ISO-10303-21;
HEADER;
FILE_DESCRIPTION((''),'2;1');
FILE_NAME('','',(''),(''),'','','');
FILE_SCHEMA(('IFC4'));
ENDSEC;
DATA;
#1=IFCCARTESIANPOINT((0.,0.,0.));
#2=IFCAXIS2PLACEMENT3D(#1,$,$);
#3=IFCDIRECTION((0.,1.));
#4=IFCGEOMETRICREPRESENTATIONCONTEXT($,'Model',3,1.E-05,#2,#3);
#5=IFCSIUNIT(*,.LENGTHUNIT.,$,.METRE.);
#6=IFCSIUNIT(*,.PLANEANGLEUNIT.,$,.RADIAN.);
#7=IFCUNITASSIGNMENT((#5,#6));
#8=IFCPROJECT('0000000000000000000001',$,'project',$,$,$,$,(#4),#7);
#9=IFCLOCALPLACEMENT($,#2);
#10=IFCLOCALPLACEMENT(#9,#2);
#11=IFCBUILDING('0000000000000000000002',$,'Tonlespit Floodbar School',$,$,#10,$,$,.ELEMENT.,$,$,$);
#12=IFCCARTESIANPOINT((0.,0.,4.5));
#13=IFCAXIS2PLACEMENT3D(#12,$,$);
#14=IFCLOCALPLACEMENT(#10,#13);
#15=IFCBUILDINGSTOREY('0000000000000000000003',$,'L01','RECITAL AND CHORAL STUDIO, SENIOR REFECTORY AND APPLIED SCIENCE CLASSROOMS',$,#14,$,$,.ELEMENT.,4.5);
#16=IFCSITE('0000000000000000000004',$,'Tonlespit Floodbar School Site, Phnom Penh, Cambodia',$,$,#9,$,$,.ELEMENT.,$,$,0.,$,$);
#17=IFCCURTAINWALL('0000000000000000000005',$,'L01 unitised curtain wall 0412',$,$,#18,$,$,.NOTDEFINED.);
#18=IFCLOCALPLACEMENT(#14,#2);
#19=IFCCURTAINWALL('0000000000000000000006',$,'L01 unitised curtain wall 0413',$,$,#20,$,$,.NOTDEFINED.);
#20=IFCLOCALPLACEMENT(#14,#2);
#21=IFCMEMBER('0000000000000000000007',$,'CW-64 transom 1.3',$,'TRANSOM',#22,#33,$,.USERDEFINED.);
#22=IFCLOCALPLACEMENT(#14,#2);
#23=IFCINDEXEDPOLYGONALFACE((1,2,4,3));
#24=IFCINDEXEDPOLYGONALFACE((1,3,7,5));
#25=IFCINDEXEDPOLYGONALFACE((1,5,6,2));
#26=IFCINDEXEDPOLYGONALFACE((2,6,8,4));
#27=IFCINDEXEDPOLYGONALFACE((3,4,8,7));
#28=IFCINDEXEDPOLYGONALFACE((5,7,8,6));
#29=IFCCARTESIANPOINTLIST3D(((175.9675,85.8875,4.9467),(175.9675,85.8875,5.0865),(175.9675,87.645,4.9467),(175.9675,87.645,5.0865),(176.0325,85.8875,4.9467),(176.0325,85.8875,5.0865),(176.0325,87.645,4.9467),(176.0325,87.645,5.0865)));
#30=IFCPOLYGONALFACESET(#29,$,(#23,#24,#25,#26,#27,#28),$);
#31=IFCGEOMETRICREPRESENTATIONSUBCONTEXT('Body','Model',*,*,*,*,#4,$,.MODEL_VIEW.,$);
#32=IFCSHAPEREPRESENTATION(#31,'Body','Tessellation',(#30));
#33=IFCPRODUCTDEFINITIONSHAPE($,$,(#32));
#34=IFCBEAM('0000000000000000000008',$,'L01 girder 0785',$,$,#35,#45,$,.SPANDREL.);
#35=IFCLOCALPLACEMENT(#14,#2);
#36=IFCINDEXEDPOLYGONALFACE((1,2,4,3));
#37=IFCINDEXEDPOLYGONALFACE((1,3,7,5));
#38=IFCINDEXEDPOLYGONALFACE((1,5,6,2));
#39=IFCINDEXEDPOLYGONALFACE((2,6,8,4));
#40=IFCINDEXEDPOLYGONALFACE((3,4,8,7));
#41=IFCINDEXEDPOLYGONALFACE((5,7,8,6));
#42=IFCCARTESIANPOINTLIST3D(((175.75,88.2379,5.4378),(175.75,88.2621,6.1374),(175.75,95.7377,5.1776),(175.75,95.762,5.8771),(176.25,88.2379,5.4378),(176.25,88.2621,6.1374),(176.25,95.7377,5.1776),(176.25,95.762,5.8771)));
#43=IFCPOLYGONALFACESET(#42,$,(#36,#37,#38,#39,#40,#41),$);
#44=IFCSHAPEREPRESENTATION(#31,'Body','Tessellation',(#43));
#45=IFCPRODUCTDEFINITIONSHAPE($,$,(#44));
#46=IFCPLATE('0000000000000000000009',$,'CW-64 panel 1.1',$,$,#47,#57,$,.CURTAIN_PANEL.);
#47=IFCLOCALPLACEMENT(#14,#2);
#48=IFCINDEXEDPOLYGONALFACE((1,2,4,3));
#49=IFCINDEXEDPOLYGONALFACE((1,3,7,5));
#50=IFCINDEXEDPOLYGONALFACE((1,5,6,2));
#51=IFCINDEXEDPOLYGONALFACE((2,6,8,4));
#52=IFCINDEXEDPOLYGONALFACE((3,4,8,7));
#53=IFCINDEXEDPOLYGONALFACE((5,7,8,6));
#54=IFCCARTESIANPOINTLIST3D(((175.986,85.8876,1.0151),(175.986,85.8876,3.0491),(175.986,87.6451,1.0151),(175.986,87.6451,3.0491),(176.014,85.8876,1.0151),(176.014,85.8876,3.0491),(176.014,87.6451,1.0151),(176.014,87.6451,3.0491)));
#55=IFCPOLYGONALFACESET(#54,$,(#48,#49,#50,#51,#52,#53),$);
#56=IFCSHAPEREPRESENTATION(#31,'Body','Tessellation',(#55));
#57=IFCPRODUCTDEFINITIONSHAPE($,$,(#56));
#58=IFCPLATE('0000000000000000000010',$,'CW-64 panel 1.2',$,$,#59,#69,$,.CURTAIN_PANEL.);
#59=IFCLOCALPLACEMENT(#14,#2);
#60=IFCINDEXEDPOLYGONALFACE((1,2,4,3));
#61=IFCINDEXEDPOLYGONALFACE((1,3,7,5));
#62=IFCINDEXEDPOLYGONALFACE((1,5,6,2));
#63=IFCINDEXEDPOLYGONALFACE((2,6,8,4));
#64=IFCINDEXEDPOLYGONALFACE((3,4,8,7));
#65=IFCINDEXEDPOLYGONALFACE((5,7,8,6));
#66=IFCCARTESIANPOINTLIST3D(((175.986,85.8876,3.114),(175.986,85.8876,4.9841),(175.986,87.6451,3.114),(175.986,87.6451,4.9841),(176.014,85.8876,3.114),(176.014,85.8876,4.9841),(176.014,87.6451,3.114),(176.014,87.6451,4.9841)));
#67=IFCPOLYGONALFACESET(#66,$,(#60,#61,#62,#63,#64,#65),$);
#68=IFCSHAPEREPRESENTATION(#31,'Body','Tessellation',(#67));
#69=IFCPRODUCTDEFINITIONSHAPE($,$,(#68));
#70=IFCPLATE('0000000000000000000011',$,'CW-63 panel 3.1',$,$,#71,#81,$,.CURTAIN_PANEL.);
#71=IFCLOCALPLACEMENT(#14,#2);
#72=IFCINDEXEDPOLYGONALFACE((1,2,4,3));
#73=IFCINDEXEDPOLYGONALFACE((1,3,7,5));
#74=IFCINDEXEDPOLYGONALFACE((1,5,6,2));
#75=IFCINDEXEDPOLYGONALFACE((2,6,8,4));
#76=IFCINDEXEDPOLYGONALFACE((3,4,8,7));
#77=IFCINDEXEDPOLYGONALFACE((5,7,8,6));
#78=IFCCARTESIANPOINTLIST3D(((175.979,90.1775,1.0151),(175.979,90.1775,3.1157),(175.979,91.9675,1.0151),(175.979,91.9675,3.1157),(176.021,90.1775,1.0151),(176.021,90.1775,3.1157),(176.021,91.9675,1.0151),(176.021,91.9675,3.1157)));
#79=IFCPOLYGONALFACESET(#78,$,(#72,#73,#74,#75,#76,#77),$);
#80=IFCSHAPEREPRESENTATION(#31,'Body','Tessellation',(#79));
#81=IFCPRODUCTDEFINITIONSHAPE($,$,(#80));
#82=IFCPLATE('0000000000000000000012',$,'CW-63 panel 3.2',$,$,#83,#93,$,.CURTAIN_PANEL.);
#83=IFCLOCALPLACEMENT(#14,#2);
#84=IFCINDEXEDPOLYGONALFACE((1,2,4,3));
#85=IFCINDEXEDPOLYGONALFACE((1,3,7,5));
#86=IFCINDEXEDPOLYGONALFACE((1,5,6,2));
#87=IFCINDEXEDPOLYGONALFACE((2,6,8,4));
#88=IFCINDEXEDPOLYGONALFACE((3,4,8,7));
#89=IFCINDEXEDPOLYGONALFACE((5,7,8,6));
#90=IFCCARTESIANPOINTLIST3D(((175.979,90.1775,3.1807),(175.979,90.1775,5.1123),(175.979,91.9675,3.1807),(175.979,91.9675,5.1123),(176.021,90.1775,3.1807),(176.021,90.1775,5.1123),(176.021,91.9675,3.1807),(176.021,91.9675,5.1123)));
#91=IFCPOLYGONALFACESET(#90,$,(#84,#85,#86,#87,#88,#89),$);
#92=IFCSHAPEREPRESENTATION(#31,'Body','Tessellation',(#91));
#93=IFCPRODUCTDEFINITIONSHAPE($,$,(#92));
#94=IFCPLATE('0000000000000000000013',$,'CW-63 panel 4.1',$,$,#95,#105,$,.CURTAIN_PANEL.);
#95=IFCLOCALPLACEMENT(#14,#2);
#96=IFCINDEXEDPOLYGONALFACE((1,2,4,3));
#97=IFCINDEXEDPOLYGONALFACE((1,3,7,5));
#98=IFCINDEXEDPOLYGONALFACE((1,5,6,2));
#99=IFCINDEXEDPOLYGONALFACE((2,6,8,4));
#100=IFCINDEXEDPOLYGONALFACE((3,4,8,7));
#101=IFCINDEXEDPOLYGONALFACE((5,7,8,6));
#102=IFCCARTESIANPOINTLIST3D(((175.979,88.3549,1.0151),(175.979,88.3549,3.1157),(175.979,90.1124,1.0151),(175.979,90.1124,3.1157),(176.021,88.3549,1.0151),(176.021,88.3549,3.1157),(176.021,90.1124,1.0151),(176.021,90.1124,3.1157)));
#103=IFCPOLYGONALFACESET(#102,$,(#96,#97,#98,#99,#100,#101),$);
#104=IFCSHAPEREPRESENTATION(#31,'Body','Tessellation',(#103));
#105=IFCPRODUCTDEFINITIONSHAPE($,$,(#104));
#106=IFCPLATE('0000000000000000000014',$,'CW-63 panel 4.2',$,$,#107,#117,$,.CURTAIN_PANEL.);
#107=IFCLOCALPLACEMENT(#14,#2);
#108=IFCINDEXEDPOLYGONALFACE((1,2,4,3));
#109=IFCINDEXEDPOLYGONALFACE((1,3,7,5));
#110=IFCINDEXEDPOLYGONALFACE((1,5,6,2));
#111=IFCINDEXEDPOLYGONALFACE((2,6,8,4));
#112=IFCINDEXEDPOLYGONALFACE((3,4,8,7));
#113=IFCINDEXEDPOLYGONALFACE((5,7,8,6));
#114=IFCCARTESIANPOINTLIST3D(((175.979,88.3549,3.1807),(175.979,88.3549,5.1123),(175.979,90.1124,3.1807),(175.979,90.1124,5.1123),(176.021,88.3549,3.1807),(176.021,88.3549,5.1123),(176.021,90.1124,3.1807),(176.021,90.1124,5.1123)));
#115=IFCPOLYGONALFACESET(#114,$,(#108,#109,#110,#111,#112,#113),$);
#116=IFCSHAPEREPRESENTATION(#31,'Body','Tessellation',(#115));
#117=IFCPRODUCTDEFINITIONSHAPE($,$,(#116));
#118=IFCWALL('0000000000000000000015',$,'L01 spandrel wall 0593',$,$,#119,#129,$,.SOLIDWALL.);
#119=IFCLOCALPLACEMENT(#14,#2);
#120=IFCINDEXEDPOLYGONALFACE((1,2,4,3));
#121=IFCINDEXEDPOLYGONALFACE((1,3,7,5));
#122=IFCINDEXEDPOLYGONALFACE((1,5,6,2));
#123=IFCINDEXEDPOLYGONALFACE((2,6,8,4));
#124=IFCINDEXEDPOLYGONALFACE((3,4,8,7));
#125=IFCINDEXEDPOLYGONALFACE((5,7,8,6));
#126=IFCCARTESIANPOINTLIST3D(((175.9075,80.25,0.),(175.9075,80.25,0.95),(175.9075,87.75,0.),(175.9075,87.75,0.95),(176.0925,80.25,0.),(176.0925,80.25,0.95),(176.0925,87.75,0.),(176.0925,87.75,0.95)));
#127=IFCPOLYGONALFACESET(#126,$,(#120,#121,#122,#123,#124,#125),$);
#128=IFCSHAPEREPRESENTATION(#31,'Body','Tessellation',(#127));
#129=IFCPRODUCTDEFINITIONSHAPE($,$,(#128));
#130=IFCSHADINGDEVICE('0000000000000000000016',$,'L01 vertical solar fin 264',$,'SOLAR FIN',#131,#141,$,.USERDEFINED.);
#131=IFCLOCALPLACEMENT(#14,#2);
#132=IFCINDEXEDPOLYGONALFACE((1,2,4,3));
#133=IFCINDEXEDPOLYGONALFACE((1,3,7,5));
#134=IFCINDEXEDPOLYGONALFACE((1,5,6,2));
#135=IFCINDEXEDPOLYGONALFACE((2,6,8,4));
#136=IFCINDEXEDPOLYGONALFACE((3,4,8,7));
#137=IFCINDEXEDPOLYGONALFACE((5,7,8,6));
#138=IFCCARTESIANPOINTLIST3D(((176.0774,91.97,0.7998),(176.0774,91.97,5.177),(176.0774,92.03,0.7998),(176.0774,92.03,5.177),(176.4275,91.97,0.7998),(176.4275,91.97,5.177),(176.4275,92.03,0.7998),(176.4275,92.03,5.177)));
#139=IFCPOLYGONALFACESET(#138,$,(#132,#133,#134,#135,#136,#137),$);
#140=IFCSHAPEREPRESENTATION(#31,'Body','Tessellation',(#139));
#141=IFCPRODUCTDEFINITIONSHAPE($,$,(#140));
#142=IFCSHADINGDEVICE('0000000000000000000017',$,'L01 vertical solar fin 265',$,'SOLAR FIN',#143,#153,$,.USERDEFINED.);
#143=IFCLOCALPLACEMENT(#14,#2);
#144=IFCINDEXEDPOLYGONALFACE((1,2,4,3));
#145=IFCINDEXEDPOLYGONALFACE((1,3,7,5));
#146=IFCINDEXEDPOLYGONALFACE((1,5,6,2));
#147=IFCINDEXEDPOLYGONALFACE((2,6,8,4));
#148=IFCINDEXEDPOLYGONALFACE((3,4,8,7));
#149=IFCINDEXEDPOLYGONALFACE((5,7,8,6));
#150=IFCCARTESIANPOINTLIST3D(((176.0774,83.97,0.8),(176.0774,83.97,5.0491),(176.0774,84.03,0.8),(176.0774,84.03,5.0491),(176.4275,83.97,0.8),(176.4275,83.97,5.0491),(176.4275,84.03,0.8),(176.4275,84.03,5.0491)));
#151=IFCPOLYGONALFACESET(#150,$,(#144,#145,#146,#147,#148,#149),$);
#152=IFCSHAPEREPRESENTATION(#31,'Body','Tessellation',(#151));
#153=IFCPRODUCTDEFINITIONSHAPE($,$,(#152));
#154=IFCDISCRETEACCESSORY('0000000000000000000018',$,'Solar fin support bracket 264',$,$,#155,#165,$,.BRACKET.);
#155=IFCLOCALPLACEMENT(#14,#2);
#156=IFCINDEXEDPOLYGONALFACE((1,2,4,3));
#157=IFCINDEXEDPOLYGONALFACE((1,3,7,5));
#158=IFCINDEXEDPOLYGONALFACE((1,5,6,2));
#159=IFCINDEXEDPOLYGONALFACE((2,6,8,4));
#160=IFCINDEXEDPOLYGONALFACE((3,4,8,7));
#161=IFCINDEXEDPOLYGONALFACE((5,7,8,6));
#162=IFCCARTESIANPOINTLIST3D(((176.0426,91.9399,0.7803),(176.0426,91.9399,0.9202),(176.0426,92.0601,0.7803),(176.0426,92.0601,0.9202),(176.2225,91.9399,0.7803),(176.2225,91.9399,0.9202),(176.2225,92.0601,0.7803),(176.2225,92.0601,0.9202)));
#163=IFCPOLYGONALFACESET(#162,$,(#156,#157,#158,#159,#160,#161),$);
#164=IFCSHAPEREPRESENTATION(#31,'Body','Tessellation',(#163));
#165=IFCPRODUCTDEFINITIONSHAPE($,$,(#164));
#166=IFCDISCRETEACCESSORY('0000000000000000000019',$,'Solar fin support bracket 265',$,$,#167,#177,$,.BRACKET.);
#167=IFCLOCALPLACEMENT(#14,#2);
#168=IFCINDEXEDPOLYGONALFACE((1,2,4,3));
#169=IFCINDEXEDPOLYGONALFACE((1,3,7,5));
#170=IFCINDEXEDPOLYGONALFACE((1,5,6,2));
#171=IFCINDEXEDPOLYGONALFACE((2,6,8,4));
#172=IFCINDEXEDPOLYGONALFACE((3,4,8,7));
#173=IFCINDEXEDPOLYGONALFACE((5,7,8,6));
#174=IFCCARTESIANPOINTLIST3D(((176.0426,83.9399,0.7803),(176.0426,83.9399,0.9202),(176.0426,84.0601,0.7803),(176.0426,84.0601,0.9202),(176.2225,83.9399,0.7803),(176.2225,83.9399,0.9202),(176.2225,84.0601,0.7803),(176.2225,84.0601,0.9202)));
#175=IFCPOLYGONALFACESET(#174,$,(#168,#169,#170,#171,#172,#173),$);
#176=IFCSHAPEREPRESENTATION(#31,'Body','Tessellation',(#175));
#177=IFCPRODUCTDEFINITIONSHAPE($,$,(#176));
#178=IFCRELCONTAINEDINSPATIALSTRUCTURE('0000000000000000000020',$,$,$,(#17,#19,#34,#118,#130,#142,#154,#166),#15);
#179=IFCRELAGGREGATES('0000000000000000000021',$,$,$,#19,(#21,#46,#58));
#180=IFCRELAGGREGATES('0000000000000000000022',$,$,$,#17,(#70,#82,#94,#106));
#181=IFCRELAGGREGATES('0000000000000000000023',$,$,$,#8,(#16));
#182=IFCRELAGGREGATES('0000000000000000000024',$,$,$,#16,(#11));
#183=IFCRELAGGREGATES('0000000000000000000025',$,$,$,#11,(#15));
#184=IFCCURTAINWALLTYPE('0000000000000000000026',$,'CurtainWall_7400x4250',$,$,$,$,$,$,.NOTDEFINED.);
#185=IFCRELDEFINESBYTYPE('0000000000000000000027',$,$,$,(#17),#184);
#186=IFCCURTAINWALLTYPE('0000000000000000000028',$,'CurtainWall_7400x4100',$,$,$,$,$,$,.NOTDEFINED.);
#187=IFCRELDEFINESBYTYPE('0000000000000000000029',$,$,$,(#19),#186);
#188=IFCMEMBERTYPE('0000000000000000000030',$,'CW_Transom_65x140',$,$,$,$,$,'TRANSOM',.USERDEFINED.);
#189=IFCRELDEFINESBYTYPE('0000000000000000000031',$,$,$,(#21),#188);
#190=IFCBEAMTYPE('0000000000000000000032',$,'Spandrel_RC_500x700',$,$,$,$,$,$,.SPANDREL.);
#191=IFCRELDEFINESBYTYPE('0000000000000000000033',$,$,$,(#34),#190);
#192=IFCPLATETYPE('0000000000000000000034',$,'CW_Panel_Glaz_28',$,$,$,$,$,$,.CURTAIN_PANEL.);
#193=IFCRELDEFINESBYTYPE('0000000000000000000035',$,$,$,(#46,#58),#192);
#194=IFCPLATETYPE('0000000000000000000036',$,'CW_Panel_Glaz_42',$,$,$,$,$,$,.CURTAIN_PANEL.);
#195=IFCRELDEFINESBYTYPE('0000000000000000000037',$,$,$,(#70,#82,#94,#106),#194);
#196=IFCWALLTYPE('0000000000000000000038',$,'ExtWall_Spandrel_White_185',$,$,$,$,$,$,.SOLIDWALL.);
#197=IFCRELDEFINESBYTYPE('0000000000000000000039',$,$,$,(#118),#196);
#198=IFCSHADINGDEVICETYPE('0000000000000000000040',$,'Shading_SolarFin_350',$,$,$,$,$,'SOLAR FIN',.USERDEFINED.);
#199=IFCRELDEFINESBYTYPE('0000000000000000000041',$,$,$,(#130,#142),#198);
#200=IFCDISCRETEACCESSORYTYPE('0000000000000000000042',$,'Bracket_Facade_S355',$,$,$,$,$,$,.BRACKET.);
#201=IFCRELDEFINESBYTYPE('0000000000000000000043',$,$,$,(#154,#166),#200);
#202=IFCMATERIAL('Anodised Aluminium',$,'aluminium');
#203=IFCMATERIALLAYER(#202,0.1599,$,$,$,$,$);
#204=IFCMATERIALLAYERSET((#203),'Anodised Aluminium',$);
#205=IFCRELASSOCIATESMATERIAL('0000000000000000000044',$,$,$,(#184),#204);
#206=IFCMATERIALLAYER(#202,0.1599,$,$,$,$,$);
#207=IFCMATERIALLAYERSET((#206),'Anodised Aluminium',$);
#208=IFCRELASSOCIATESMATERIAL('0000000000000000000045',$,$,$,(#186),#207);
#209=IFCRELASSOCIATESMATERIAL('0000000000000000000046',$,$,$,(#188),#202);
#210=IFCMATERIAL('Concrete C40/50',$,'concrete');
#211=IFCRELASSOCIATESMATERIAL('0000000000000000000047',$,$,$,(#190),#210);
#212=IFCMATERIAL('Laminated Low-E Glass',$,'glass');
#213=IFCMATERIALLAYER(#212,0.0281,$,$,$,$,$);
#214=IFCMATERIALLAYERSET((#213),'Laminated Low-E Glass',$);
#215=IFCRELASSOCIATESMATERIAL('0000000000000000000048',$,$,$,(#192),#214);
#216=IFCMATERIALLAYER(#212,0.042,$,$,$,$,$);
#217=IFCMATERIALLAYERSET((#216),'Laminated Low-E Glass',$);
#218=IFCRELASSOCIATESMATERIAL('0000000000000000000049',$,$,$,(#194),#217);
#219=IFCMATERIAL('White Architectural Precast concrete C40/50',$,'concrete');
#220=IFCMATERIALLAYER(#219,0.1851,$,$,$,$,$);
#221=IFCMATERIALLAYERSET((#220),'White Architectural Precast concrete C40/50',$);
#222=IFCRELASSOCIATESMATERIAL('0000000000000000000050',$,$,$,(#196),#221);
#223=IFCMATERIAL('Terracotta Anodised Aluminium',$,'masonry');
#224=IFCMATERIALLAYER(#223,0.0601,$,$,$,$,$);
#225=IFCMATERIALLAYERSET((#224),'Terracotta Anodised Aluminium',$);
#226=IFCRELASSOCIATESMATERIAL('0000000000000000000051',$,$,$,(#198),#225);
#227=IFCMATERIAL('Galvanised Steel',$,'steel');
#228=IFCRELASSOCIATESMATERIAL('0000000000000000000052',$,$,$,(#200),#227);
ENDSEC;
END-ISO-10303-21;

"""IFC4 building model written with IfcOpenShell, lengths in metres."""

from ifc_helpers import new_model, si_unit, direction, frame, frame_2d, origin, origin_2d, place, context, subcontext, project, spatial, rectangle, extrude, material, layer, layer_set, material_profile, profile_set, type_object, element, aggregate, save


model = new_model("IFC4")

# Units and contexts
model_context = context("Model", 3, precision=1e-05, world=origin(), true_north=direction((0.0, 1.0)))
body_context = subcontext(model_context, "Body", "Model", "MODEL_VIEW")
ifc_project = project(units=[si_unit("LENGTHUNIT", "METRE"), si_unit("PLANEANGLEUNIT", "RADIAN")], contexts=[model_context])

# Site, building, storey
site_placement = place(None, origin())
site = spatial("IfcSite", under=ifc_project, at=site_placement, Name="Tonlespit Floodbar School Site, Phnom Penh, Cambodia", CompositionType="ELEMENT", RefElevation=0.0)
building_placement = place(site_placement, origin())
building = spatial("IfcBuilding", under=site, at=building_placement, Name="Tonlespit Floodbar School", CompositionType="ELEMENT")
storey_placement = place(building_placement, frame((0.0, 0.0, 4.5)))
storey = spatial("IfcBuildingStorey", under=building, at=storey_placement, Name="L01", Description="RECITAL AND CHORAL STUDIO, SENIOR REFECTORY AND APPLIED SCIENCE CLASSROOMS", CompositionType="ELEMENT", Elevation=4.5)

# Shared definitions
ifc_material_1 = material(Name="Concrete C40/50", Category="concrete")

# Curtain walls
ifc_material_2 = material(Name="Anodised Aluminium", Category="aluminium")
ifc_layer_1 = layer(ifc_material_2, 0.1599)
ifc_layer_set_1 = layer_set([ifc_layer_1], Name="Anodised Aluminium")
curtain_wall_type_1 = type_object("IfcCurtainWallType", Name="CurtainWall_7400x4250", PredefinedType="NOTDEFINED", material=ifc_layer_set_1)
curtain_wall_1_placement = place(storey_placement, origin())
curtain_wall_1 = element("IfcCurtainWall", 1, at=curtain_wall_1_placement, inside=storey, type_object=curtain_wall_type_1, Name="L01 unitised curtain wall 0412", PredefinedType="NOTDEFINED")
ifc_layer_2 = layer(ifc_material_2, 0.1599)
ifc_layer_set_2 = layer_set([ifc_layer_2], Name="Anodised Aluminium")
curtain_wall_type_2 = type_object("IfcCurtainWallType", Name="CurtainWall_7400x4100", PredefinedType="NOTDEFINED", material=ifc_layer_set_2)
curtain_wall_2_placement = place(storey_placement, origin())
curtain_wall_2 = element("IfcCurtainWall", 2, at=curtain_wall_2_placement, inside=storey, type_object=curtain_wall_type_2, Name="L01 unitised curtain wall 0413", PredefinedType="NOTDEFINED")

# Member
ifc_material_profile_1 = material_profile(ifc_material_2, rectangle(XDim=0.0649, YDim=0.1399, at=origin_2d()), Name="ALU T65x140")
ifc_profile_set_1 = profile_set([ifc_material_profile_1], Name="Anodised Aluminium")
member_type_1 = type_object("IfcMemberType", Name="CW_Transom_65x140", ElementType="TRANSOM", PredefinedType="USERDEFINED", material=ifc_profile_set_1)
member_1_placement = place(storey_placement, frame((176.0, 87.645, 5.0166), z_axis=(0.0, -1.0, 0.0), x_axis=(1.0, 0.0, 0.0)))
member_1 = element("IfcMember", 3, at=member_1_placement, type_object=member_type_1, Name="CW-64 transom 1.3", ObjectType="TRANSOM", PredefinedType="USERDEFINED", context=body_context, shape_type="SweptSolid", body=[
    extrude(rectangle(XDim=0.0649, YDim=0.1399, at=origin_2d()), origin(), (0.0, 0.0, 1.0), 1.7576),
])

# Beam
ifc_material_profile_2 = material_profile(ifc_material_1, rectangle(XDim=0.5, YDim=0.7, at=origin_2d()), Name="RC 500x700")
ifc_profile_set_2 = profile_set([ifc_material_profile_2], Name="Concrete C40/50")
beam_type = type_object("IfcBeamType", Name="Spandrel_RC_500x700", PredefinedType="SPANDREL", material=ifc_profile_set_2)
beam_placement = place(storey_placement, frame((176.0, 88.25, 5.7876), z_axis=(0.0, 0.999398, -0.03468), x_axis=(-1.0, 0.0, 0.0)))
element("IfcBeam", 4, at=beam_placement, inside=storey, type_object=beam_type, Name="L01 girder 0785", PredefinedType="SPANDREL", context=body_context, shape_type="SweptSolid", body=[
    extrude(rectangle(XDim=0.5, YDim=0.7, at=origin_2d()), origin(), (0.0, 0.0, 1.0), 7.5044),
])

# Plates
ifc_material_3 = material(Name="Laminated Low-E Glass", Category="glass")
ifc_layer_3 = layer(ifc_material_3, 0.0281)
ifc_layer_set_3 = layer_set([ifc_layer_3], Name="Laminated Low-E Glass")
plate_type_1 = type_object("IfcPlateType", Name="CW_Panel_Glaz_28", PredefinedType="CURTAIN_PANEL", material=ifc_layer_set_3)
plate_1_placement = place(storey_placement, frame((176.0, 86.7664, 1.0151), z_axis=(0.0, 0.0, 1.0), x_axis=(0.0, -1.0, 0.0)))
plate_1 = element("IfcPlate", 5, at=plate_1_placement, type_object=plate_type_1, Name="CW-64 panel 1.1", PredefinedType="CURTAIN_PANEL", context=body_context, shape_type="SweptSolid", body=[
    extrude(rectangle(XDim=1.7576, YDim=0.0281, at=origin_2d()), origin(), (0.0, 0.0, 1.0), 2.0339),
])
plate_2_placement = place(storey_placement, frame((176.0, 86.7664, 3.114), z_axis=(0.0, 0.0, 1.0), x_axis=(0.0, -1.0, 0.0)))
plate_2 = element("IfcPlate", 6, at=plate_2_placement, type_object=plate_type_1, Name="CW-64 panel 1.2", PredefinedType="CURTAIN_PANEL", context=body_context, shape_type="SweptSolid", body=[
    extrude(rectangle(XDim=1.7576, YDim=0.0281, at=origin_2d()), origin(), (0.0, 0.0, 1.0), 1.8701),
])
aggregate(curtain_wall_2, [member_1, plate_1, plate_2])
ifc_layer_4 = layer(ifc_material_3, 0.042)
ifc_layer_set_4 = layer_set([ifc_layer_4], Name="Laminated Low-E Glass")
plate_type_2 = type_object("IfcPlateType", Name="CW_Panel_Glaz_42", PredefinedType="CURTAIN_PANEL", material=ifc_layer_set_4)
plate_3_placement = place(storey_placement, frame((176.0, 91.0725, 1.0151), z_axis=(0.0, 0.0, 1.0), x_axis=(0.0, -1.0, 0.0)))
plate_3 = element("IfcPlate", 7, at=plate_3_placement, type_object=plate_type_2, Name="CW-63 panel 3.1", PredefinedType="CURTAIN_PANEL", context=body_context, shape_type="SweptSolid", body=[
    extrude(rectangle(XDim=1.79, YDim=0.042, at=origin_2d()), origin(), (0.0, 0.0, 1.0), 2.1006),
])
plate_4_placement = place(storey_placement, frame((176.0, 91.0725, 3.1807), z_axis=(0.0, 0.0, 1.0), x_axis=(0.0, -1.0, 0.0)))
plate_4 = element("IfcPlate", 8, at=plate_4_placement, type_object=plate_type_2, Name="CW-63 panel 3.2", PredefinedType="CURTAIN_PANEL", context=body_context, shape_type="SweptSolid", body=[
    extrude(rectangle(XDim=1.79, YDim=0.042, at=origin_2d()), origin(), (0.0, 0.0, 1.0), 1.9316),
])
plate_5_placement = place(storey_placement, frame((176.0, 89.2336, 1.0151), z_axis=(0.0, 0.0, 1.0), x_axis=(0.0, -1.0, 0.0)))
plate_5 = element("IfcPlate", 9, at=plate_5_placement, type_object=plate_type_2, Name="CW-63 panel 4.1", PredefinedType="CURTAIN_PANEL", context=body_context, shape_type="SweptSolid", body=[
    extrude(rectangle(XDim=1.7576, YDim=0.042, at=origin_2d()), origin(), (0.0, 0.0, 1.0), 2.1006),
])
plate_6_placement = place(storey_placement, frame((176.0, 89.2336, 3.1807), z_axis=(0.0, 0.0, 1.0), x_axis=(0.0, -1.0, 0.0)))
plate_6 = element("IfcPlate", 10, at=plate_6_placement, type_object=plate_type_2, Name="CW-63 panel 4.2", PredefinedType="CURTAIN_PANEL", context=body_context, shape_type="SweptSolid", body=[
    extrude(rectangle(XDim=1.7576, YDim=0.042, at=origin_2d()), origin(), (0.0, 0.0, 1.0), 1.9316),
])
aggregate(curtain_wall_1, [plate_3, plate_4, plate_5, plate_6])

# Wall
ifc_material_4 = material(Name="White Architectural Precast concrete C40/50", Category="concrete")
ifc_layer_5 = layer(ifc_material_4, 0.1851)
ifc_layer_set_5 = layer_set([ifc_layer_5], Name="White Architectural Precast concrete C40/50")
wall_type = type_object("IfcWallType", Name="ExtWall_Spandrel_White_185", PredefinedType="SOLIDWALL", material=ifc_layer_set_5)
wall_placement = place(storey_placement, frame((176.0, 87.75, 0.0), z_axis=(0.0, 0.0, 1.0), x_axis=(0.0, -1.0, 0.0)))
element("IfcWall", 11, at=wall_placement, inside=storey, type_object=wall_type, Name="L01 spandrel wall 0593", PredefinedType="SOLIDWALL", context=body_context, shape_type="SweptSolid", body=[
    extrude(rectangle(XDim=7.5, YDim=0.1851, at=frame_2d((3.75, 0.0))), origin(), (0.0, 0.0, 1.0), 0.95),
])

# Shading devices
ifc_material_5 = material(Name="Terracotta Anodised Aluminium", Category="masonry")
ifc_layer_6 = layer(ifc_material_5, 0.0601)
ifc_layer_set_6 = layer_set([ifc_layer_6], Name="Terracotta Anodised Aluminium")
shading_device_type = type_object("IfcShadingDeviceType", Name="Shading_SolarFin_350", ElementType="SOLAR FIN", PredefinedType="USERDEFINED", material=ifc_layer_set_6)
shading_device_1_placement = place(storey_placement, frame((176.2524, 92.0, 0.7998), z_axis=(0.0, 0.0, 1.0), x_axis=(0.0, -1.0, 0.0)))
element("IfcShadingDevice", 12, at=shading_device_1_placement, inside=storey, type_object=shading_device_type, Name="L01 vertical solar fin 264", ObjectType="SOLAR FIN", PredefinedType="USERDEFINED", context=body_context, shape_type="SweptSolid", body=[
    extrude(rectangle(XDim=0.0601, YDim=0.3501, at=origin_2d()), origin(), (0.0, 0.0, 1.0), 4.3772),
])
shading_device_2_placement = place(storey_placement, frame((176.2524, 84.0, 0.8), z_axis=(0.0, 0.0, 1.0), x_axis=(0.0, -1.0, 0.0)))
element("IfcShadingDevice", 13, at=shading_device_2_placement, inside=storey, type_object=shading_device_type, Name="L01 vertical solar fin 265", ObjectType="SOLAR FIN", PredefinedType="USERDEFINED", context=body_context, shape_type="SweptSolid", body=[
    extrude(rectangle(XDim=0.0601, YDim=0.3501, at=origin_2d()), origin(), (0.0, 0.0, 1.0), 4.249),
])

# Discrete accessories
ifc_material_6 = material(Name="Galvanised Steel", Category="steel")
discrete_accessory_type = type_object("IfcDiscreteAccessoryType", Name="Bracket_Facade_S355", PredefinedType="BRACKET", material=ifc_material_6)
for number, where, z_axis, x_axis, name in (
    (14, (176.1326, 92.0, 0.7803), (0.0, 0.0, 1.0), (0.0, -1.0, 0.0), "Solar fin support bracket 264"),
    (15, (176.1326, 84.0, 0.7803), (0.0, 0.0, 1.0), (0.0, -1.0, 0.0), "Solar fin support bracket 265"),
):
    element("IfcDiscreteAccessory", number, at=place(storey_placement, frame(where, z_axis=z_axis, x_axis=x_axis)), inside=storey, type_object=discrete_accessory_type, Name=name, PredefinedType="BRACKET", context=body_context, shape_type="SweptSolid", body=[
        extrude(rectangle(XDim=0.1201, YDim=0.1799, at=origin_2d()), origin(), (0.0, 0.0, 1.0), 0.1399),
    ])

save(model, "model.ifc")
